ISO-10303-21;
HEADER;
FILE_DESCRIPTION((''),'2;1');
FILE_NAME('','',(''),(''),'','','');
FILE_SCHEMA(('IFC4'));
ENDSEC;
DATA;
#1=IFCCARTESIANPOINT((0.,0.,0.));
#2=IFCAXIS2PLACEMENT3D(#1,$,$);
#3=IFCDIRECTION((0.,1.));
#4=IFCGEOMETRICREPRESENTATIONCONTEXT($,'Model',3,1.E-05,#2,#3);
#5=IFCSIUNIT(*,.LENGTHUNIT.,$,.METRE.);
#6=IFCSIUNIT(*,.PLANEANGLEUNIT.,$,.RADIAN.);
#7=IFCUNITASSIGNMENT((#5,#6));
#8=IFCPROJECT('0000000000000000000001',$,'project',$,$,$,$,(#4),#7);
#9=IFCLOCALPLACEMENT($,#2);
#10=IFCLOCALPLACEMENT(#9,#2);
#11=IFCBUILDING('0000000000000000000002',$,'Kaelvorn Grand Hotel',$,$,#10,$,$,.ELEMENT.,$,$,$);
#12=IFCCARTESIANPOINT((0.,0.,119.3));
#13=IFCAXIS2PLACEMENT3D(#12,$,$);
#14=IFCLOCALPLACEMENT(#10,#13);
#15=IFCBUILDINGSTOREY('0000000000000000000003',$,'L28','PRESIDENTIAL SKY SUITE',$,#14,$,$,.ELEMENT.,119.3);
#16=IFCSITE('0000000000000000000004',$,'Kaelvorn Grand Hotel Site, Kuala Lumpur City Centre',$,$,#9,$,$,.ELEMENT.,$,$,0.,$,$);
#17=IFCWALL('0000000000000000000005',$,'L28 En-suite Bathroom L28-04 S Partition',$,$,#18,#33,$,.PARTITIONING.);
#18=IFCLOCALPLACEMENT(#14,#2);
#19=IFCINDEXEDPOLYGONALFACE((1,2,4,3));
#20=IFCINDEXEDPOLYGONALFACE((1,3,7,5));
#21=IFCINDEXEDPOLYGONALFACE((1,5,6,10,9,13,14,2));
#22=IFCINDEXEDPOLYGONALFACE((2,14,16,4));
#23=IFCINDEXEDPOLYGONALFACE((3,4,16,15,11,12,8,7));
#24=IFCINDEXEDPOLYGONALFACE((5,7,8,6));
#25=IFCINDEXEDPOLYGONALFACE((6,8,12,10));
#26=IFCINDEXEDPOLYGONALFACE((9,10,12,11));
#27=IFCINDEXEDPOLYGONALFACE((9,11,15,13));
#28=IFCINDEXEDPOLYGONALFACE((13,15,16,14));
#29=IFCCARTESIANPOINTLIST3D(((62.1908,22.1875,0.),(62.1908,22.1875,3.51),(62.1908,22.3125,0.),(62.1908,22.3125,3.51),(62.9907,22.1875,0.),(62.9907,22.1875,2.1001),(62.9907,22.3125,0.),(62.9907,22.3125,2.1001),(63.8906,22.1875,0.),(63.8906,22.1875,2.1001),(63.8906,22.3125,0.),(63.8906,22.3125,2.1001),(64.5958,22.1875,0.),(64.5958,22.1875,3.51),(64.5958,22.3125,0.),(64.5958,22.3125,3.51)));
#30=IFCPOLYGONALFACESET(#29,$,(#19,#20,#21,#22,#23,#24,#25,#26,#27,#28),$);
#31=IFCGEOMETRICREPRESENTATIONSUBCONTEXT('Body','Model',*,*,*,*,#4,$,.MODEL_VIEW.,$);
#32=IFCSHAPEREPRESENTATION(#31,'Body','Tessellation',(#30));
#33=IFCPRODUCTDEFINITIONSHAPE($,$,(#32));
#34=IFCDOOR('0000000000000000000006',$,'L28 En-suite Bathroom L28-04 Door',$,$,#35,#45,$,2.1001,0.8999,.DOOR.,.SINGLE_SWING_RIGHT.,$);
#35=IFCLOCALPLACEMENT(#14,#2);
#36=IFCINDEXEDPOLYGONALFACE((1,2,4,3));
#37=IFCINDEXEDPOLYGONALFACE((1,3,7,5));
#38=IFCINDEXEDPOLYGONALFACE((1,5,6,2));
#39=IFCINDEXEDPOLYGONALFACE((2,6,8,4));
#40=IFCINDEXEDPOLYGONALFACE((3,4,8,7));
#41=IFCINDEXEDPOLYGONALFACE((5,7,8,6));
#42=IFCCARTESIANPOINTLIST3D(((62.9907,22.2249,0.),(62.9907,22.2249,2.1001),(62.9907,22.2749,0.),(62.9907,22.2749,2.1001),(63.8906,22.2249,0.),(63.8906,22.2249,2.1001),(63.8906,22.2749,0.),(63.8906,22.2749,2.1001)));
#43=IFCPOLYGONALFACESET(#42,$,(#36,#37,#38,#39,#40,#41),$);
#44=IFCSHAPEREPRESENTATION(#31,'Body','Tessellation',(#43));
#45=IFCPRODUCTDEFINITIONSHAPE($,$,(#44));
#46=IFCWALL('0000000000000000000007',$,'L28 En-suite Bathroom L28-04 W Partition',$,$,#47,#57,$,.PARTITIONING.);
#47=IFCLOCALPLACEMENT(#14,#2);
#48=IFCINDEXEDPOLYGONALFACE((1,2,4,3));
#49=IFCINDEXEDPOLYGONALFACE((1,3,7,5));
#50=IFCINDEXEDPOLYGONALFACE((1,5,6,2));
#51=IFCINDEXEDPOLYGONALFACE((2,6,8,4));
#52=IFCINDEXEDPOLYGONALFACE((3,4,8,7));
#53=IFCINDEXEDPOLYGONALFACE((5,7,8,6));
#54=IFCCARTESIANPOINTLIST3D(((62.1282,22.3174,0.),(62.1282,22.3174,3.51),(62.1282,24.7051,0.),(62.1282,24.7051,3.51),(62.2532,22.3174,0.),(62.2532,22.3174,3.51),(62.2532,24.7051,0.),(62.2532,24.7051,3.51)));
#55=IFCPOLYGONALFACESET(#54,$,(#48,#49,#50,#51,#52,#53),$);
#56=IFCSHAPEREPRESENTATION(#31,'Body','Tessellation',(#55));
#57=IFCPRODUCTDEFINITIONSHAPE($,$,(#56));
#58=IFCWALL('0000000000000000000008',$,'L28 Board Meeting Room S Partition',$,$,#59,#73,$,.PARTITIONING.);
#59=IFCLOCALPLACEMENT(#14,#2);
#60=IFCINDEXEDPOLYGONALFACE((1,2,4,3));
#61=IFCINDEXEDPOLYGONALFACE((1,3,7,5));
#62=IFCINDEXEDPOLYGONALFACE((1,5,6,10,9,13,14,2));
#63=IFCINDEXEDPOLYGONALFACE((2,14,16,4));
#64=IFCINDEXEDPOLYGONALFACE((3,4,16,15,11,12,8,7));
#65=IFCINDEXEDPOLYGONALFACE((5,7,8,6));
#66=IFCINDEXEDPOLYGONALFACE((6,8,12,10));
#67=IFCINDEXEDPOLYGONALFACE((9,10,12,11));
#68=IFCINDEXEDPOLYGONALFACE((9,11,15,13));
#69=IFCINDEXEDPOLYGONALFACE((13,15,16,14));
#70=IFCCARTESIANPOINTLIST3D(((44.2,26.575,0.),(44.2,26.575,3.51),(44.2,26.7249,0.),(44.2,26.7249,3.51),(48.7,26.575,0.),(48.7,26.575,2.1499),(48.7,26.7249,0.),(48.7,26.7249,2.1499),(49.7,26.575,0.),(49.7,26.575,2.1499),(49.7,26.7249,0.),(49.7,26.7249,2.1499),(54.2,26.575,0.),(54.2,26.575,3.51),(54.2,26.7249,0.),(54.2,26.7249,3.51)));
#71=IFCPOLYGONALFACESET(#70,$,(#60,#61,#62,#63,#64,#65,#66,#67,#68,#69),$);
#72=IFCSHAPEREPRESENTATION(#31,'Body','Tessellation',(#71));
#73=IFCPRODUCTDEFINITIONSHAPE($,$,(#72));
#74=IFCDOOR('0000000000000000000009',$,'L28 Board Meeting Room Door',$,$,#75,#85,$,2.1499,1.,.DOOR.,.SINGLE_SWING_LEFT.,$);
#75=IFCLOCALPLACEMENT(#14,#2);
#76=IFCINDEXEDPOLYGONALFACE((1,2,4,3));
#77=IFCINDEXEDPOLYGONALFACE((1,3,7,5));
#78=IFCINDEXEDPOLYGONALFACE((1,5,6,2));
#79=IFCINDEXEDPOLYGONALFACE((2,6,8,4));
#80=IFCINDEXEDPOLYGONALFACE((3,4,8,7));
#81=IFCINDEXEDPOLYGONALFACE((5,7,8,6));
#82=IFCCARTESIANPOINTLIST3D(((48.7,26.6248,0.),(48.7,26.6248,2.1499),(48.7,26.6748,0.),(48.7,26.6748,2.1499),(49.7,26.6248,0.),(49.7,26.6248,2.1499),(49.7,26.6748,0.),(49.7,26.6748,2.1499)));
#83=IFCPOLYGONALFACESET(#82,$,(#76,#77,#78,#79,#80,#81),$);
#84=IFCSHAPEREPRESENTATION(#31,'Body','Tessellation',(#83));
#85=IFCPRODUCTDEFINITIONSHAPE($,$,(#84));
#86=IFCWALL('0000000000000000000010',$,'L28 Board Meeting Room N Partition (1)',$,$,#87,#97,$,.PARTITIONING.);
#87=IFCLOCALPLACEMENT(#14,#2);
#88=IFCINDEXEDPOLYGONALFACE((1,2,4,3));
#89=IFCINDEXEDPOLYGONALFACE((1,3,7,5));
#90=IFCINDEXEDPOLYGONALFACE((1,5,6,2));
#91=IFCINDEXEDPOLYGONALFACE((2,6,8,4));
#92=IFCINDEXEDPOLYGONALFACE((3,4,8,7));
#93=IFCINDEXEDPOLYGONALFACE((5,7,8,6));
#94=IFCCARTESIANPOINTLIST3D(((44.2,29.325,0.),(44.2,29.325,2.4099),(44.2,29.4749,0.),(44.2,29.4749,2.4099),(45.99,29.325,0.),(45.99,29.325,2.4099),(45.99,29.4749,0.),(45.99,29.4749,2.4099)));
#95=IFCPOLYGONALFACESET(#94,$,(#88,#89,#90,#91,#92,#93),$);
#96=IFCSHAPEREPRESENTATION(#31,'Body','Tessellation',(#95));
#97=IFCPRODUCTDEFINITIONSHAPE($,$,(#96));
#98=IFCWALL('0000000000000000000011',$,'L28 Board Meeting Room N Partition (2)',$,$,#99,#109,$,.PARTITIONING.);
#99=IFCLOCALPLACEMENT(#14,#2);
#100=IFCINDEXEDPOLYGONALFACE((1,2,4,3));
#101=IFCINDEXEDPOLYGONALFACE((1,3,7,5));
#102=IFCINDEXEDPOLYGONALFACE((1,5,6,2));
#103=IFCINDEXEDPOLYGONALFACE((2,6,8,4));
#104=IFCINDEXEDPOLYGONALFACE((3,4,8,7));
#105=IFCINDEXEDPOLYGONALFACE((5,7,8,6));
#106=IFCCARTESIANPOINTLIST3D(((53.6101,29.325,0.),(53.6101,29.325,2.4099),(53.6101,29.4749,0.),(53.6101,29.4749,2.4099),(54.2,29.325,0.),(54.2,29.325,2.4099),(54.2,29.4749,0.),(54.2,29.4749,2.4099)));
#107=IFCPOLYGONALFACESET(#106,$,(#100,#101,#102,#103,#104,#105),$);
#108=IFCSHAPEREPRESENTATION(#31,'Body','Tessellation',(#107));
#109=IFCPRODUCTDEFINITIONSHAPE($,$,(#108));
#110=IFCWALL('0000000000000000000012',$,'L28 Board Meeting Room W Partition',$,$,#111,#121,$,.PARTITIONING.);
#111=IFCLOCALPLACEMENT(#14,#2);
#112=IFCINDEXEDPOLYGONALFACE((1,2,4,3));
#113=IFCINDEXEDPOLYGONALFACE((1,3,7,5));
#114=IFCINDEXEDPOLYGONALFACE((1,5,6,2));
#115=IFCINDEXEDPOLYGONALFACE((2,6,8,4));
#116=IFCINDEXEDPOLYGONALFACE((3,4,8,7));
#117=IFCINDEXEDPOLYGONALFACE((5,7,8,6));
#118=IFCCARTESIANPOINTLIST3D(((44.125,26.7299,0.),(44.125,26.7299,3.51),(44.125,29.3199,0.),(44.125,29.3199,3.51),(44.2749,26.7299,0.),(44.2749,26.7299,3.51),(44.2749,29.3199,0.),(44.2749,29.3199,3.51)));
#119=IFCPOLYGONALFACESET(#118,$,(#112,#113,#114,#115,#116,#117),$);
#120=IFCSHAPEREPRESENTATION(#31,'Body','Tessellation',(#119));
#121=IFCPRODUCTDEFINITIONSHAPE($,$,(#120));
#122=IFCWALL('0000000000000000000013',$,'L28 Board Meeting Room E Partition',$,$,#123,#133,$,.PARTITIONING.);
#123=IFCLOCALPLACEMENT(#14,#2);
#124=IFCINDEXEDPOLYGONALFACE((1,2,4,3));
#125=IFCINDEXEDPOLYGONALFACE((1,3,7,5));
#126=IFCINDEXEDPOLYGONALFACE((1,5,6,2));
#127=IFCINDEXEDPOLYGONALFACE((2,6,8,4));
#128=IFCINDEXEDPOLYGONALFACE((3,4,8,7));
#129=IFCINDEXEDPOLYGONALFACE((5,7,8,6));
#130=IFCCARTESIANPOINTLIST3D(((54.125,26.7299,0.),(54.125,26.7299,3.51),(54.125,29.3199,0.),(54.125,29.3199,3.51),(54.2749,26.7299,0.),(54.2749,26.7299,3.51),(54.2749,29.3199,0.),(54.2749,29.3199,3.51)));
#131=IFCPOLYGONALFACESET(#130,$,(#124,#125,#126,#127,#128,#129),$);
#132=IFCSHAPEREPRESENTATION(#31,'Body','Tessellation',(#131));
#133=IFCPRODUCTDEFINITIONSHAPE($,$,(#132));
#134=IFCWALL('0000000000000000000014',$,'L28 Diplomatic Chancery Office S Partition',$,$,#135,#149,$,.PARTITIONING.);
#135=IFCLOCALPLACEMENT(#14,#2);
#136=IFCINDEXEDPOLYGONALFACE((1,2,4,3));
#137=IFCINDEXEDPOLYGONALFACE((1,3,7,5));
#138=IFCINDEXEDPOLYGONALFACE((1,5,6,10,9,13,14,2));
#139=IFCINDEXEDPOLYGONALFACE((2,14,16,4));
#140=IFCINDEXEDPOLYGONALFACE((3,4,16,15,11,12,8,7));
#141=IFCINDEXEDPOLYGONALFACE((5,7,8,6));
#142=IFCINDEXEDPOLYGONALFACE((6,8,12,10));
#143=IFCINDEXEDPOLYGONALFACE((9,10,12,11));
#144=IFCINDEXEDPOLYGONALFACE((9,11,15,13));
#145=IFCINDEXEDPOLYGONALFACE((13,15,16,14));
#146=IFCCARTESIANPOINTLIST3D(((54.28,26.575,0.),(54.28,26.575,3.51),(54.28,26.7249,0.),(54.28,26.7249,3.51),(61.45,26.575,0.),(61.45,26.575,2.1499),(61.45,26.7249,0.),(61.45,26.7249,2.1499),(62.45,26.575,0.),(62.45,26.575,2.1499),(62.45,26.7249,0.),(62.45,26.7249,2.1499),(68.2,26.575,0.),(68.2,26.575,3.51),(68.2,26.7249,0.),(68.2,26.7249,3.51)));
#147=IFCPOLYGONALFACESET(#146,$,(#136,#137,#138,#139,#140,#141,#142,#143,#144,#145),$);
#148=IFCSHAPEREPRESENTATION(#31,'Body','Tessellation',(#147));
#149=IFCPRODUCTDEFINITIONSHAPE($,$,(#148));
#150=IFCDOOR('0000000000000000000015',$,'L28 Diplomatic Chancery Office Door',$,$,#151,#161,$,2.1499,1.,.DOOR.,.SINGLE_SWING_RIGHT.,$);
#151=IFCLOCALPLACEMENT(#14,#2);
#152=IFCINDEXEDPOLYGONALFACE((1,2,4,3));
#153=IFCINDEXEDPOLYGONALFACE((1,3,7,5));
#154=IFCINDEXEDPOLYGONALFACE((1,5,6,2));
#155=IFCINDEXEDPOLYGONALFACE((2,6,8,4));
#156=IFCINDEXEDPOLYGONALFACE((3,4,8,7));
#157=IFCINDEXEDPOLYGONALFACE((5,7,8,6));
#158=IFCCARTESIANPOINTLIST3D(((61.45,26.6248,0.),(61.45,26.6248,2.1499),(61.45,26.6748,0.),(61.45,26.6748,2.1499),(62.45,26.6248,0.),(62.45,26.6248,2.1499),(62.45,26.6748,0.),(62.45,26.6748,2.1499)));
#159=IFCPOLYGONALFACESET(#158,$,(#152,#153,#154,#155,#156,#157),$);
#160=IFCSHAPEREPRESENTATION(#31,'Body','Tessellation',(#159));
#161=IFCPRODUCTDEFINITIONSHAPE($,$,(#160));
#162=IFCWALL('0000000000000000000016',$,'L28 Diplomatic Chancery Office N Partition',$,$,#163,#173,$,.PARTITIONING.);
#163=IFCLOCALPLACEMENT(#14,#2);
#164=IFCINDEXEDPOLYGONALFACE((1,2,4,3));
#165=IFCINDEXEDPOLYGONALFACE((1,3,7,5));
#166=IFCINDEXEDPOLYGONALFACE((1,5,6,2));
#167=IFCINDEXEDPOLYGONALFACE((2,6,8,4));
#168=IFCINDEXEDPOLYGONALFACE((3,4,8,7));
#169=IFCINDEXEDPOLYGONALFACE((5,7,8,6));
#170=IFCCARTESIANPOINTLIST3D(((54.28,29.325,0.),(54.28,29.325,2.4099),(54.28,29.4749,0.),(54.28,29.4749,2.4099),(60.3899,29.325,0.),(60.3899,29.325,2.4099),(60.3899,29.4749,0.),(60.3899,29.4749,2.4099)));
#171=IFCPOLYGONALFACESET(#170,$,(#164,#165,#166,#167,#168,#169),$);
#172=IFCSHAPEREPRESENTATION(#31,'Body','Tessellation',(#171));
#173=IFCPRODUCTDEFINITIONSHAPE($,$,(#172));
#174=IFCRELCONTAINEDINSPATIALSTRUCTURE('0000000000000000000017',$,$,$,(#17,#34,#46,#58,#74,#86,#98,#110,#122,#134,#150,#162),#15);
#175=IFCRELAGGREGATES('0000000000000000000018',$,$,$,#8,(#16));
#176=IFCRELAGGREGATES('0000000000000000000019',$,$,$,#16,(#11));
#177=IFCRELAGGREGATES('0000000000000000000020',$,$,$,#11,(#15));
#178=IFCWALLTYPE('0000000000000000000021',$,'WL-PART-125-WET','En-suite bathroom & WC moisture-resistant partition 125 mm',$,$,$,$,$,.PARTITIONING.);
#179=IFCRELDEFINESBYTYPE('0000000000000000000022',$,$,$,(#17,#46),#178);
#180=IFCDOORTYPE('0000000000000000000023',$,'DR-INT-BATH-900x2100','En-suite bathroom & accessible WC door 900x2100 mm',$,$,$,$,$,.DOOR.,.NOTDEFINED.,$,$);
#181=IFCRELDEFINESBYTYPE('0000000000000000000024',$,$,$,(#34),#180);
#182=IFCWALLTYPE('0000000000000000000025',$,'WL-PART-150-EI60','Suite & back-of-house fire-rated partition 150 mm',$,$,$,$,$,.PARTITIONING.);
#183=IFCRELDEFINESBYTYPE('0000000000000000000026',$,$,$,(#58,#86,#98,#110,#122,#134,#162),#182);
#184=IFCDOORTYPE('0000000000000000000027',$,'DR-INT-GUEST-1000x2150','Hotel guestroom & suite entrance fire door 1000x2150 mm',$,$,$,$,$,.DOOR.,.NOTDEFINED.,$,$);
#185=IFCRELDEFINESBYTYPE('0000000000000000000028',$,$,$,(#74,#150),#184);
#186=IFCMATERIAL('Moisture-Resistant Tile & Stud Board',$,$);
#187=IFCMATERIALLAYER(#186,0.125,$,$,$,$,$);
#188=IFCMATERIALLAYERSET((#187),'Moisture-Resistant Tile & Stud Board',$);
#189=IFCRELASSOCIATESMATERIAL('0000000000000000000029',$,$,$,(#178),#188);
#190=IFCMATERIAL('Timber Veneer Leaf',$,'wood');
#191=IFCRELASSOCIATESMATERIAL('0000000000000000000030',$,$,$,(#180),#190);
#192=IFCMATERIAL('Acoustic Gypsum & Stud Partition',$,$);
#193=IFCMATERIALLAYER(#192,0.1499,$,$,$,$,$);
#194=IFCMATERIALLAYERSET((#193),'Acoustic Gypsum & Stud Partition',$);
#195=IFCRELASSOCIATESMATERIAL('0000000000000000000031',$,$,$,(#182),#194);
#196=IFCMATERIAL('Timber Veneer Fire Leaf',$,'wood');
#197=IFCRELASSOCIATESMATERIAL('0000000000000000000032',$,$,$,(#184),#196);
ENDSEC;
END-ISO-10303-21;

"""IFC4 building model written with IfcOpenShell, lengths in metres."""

from ifc_helpers import new_model, si_unit, direction, frame, frame_2d, origin, place, context, subcontext, project, spatial, rectangle, extrude, material, layer, layer_set, type_object, element, fill, save


model = new_model("IFC4")

# Units and contexts
model_context = context("Model", 3, precision=1e-05, world=origin(), true_north=direction((0.0, 1.0)))
body_context = subcontext(model_context, "Body", "Model", "MODEL_VIEW")
ifc_project = project(units=[si_unit("LENGTHUNIT", "METRE"), si_unit("PLANEANGLEUNIT", "RADIAN")], contexts=[model_context])

# Site, building, storey
site_placement = place(None, origin())
site = spatial("IfcSite", under=ifc_project, at=site_placement, Name="Kaelvorn Grand Hotel Site, Kuala Lumpur City Centre", CompositionType="ELEMENT", RefElevation=0.0)
building_placement = place(site_placement, origin())
building = spatial("IfcBuilding", under=site, at=building_placement, Name="Kaelvorn Grand Hotel", CompositionType="ELEMENT")
storey_placement = place(building_placement, frame((0.0, 0.0, 119.3)))
storey = spatial("IfcBuildingStorey", under=building, at=storey_placement, Name="L28", Description="PRESIDENTIAL SKY SUITE", CompositionType="ELEMENT", Elevation=119.3)

# Shared definitions
ifc_material_1 = material(Name="Moisture-Resistant Tile & Stud Board")
ifc_layer_1 = layer(ifc_material_1, 0.125)
ifc_layer_set_1 = layer_set([ifc_layer_1], Name="Moisture-Resistant Tile & Stud Board")
wall_type_1 = type_object("IfcWallType", Name="WL-PART-125-WET", Description="En-suite bathroom & WC moisture-resistant partition 125 mm", PredefinedType="PARTITIONING", material=ifc_layer_set_1)
ifc_material_2 = material(Name="Timber Veneer Leaf", Category="wood")
door_type_1 = type_object("IfcDoorType", Name="DR-INT-BATH-900x2100", Description="En-suite bathroom & accessible WC door 900x2100 mm", OperationType="NOTDEFINED", PredefinedType="DOOR", material=ifc_material_2)

# Wall, opening, door
wall_1_placement = place(storey_placement, frame((62.1907, 22.25, 0.0), z_axis=(0.0, 0.0, 1.0), x_axis=(1.0, 0.0, 0.0)))
wall_1 = element("IfcWall", 1, at=wall_1_placement, inside=storey, type_object=wall_type_1, Name="L28 En-suite Bathroom L28-04 S Partition", PredefinedType="PARTITIONING", context=body_context, shape_type="SweptSolid", body=[
    extrude(rectangle(XDim=2.405, YDim=0.125, at=frame_2d((1.2026, 0.0))), origin(), (0.0, 0.0, 1.0), 3.51),
])
opening_1_placement = place(wall_1_placement, frame((0.8, 0.0, 0.0)))
opening_1 = element("IfcOpeningElement", 2, at=opening_1_placement, cuts=wall_1, PredefinedType="OPENING", context=body_context, shape_type="SweptSolid", body=[
    extrude(rectangle(XDim=0.8999, YDim=2.1001, at=frame_2d((0.45, 1.05))), frame((0.0, 0.0725, 0.0), z_axis=(0.0, -1.0, 0.0), x_axis=(1.0, 0.0, 0.0)), (0.0, 0.0, 1.0), 0.145),
])
door_1_placement = place(opening_1_placement, origin())
door_1 = element("IfcDoor", 3, at=door_1_placement, inside=storey, type_object=door_type_1, Name="L28 En-suite Bathroom L28-04 Door", OperationType="SINGLE_SWING_RIGHT", OverallHeight=2.1001, OverallWidth=0.8999, PredefinedType="DOOR", context=body_context, shape_type="SweptSolid", body=[
    extrude(rectangle(XDim=0.8999, YDim=2.1001, at=frame_2d((0.45, 1.05))), frame((0.0, 0.0249, 0.0), z_axis=(0.0, -1.0, 0.0), x_axis=(1.0, 0.0, 0.0)), (0.0, 0.0, 1.0), 0.05),
])
fill(opening_1, door_1)

# Wall
wall_2_placement = place(storey_placement, frame((62.1907, 22.3174, 0.0), z_axis=(0.0, 0.0, 1.0), x_axis=(0.0, 1.0, 0.0)))
element("IfcWall", 4, at=wall_2_placement, inside=storey, type_object=wall_type_1, Name="L28 En-suite Bathroom L28-04 W Partition", PredefinedType="PARTITIONING", context=body_context, shape_type="SweptSolid", body=[
    extrude(rectangle(XDim=2.3877, YDim=0.125, at=frame_2d((1.1938, 0.0))), origin(), (0.0, 0.0, 1.0), 3.51),
])

# Wall, opening, door
ifc_material_3 = material(Name="Acoustic Gypsum & Stud Partition")
ifc_layer_2 = layer(ifc_material_3, 0.1499)
ifc_layer_set_2 = layer_set([ifc_layer_2], Name="Acoustic Gypsum & Stud Partition")
wall_type_2 = type_object("IfcWallType", Name="WL-PART-150-EI60", Description="Suite & back-of-house fire-rated partition 150 mm", PredefinedType="PARTITIONING", material=ifc_layer_set_2)
wall_3_placement = place(storey_placement, frame((44.2, 26.6499, 0.0), z_axis=(0.0, 0.0, 1.0), x_axis=(1.0, 0.0, 0.0)))
wall_3 = element("IfcWall", 5, at=wall_3_placement, inside=storey, type_object=wall_type_2, Name="L28 Board Meeting Room S Partition", PredefinedType="PARTITIONING", context=body_context, shape_type="SweptSolid", body=[
    extrude(rectangle(XDim=10.0, YDim=0.1499, at=frame_2d((5.0, 0.0))), origin(), (0.0, 0.0, 1.0), 3.51),
])
opening_2_placement = place(wall_3_placement, frame((4.5, 0.0, 0.0)))
opening_2 = element("IfcOpeningElement", 6, at=opening_2_placement, cuts=wall_3, PredefinedType="OPENING", context=body_context, shape_type="SweptSolid", body=[
    extrude(rectangle(XDim=1.0, YDim=2.1499, at=frame_2d((0.5, 1.075))), frame((0.0, 0.085, 0.0), z_axis=(0.0, -1.0, 0.0), x_axis=(1.0, 0.0, 0.0)), (0.0, 0.0, 1.0), 0.1699),
])
ifc_material_4 = material(Name="Timber Veneer Fire Leaf", Category="wood")
door_type_2 = type_object("IfcDoorType", Name="DR-INT-GUEST-1000x2150", Description="Hotel guestroom & suite entrance fire door 1000x2150 mm", OperationType="NOTDEFINED", PredefinedType="DOOR", material=ifc_material_4)
door_2_placement = place(opening_2_placement, origin())
door_2 = element("IfcDoor", 7, at=door_2_placement, inside=storey, type_object=door_type_2, Name="L28 Board Meeting Room Door", OperationType="SINGLE_SWING_LEFT", OverallHeight=2.1499, OverallWidth=1.0, PredefinedType="DOOR", context=body_context, shape_type="SweptSolid", body=[
    extrude(rectangle(XDim=1.0, YDim=2.1499, at=frame_2d((0.5, 1.075))), frame((0.0, 0.0249, 0.0), z_axis=(0.0, -1.0, 0.0), x_axis=(1.0, 0.0, 0.0)), (0.0, 0.0, 1.0), 0.05),
])
fill(opening_2, door_2)

# Walls
wall_4_placement = place(storey_placement, frame((44.2, 29.3999, 0.0), z_axis=(0.0, 0.0, 1.0), x_axis=(1.0, 0.0, 0.0)))
element("IfcWall", 8, at=wall_4_placement, inside=storey, type_object=wall_type_2, Name="L28 Board Meeting Room N Partition (1)", PredefinedType="PARTITIONING", context=body_context, shape_type="SweptSolid", body=[
    extrude(rectangle(XDim=1.79, YDim=0.1499, at=frame_2d((0.895, 0.0))), origin(), (0.0, 0.0, 1.0), 2.4099),
])
wall_5_placement = place(storey_placement, frame((53.6101, 29.3999, 0.0), z_axis=(0.0, 0.0, 1.0), x_axis=(1.0, 0.0, 0.0)))
element("IfcWall", 9, at=wall_5_placement, inside=storey, type_object=wall_type_2, Name="L28 Board Meeting Room N Partition (2)", PredefinedType="PARTITIONING", context=body_context, shape_type="SweptSolid", body=[
    extrude(rectangle(XDim=0.5898, YDim=0.1499, at=frame_2d((0.2949, 0.0))), origin(), (0.0, 0.0, 1.0), 2.4099),
])
for number, where, z_axis, x_axis, name in (
    (10, (44.2, 26.73, 0.0), (0.0, 0.0, 1.0), (0.0, 1.0, 0.0), "L28 Board Meeting Room W Partition"),
    (11, (54.2, 26.73, 0.0), (0.0, 0.0, 1.0), (0.0, 1.0, 0.0), "L28 Board Meeting Room E Partition"),
):
    element("IfcWall", number, at=place(storey_placement, frame(where, z_axis=z_axis, x_axis=x_axis)), inside=storey, type_object=wall_type_2, Name=name, PredefinedType="PARTITIONING", context=body_context, shape_type="SweptSolid", body=[
        extrude(rectangle(XDim=2.5901, YDim=0.1499, at=frame_2d((1.2949, 0.0))), origin(), (0.0, 0.0, 1.0), 3.51),
    ])

# Wall, opening, door
wall_6_placement = place(storey_placement, frame((54.28, 26.6499, 0.0), z_axis=(0.0, 0.0, 1.0), x_axis=(1.0, 0.0, 0.0)))
wall_6 = element("IfcWall", 12, at=wall_6_placement, inside=storey, type_object=wall_type_2, Name="L28 Diplomatic Chancery Office S Partition", PredefinedType="PARTITIONING", context=body_context, shape_type="SweptSolid", body=[
    extrude(rectangle(XDim=13.9199, YDim=0.1499, at=frame_2d((6.96, 0.0))), origin(), (0.0, 0.0, 1.0), 3.51),
])
opening_3_placement = place(wall_6_placement, frame((7.1699, 0.0, 0.0)))
opening_3 = element("IfcOpeningElement", 13, at=opening_3_placement, cuts=wall_6, PredefinedType="OPENING", context=body_context, shape_type="SweptSolid", body=[
    extrude(rectangle(XDim=1.0, YDim=2.1499, at=frame_2d((0.5, 1.075))), frame((0.0, 0.085, 0.0), z_axis=(0.0, -1.0, 0.0), x_axis=(1.0, 0.0, 0.0)), (0.0, 0.0, 1.0), 0.1699),
])
door_3_placement = place(opening_3_placement, origin())
door_3 = element("IfcDoor", 14, at=door_3_placement, inside=storey, type_object=door_type_2, Name="L28 Diplomatic Chancery Office Door", OperationType="SINGLE_SWING_RIGHT", OverallHeight=2.1499, OverallWidth=1.0, PredefinedType="DOOR", context=body_context, shape_type="SweptSolid", body=[
    extrude(rectangle(XDim=1.0, YDim=2.1499, at=frame_2d((0.5, 1.075))), frame((0.0, 0.0249, 0.0), z_axis=(0.0, -1.0, 0.0), x_axis=(1.0, 0.0, 0.0)), (0.0, 0.0, 1.0), 0.05),
])
fill(opening_3, door_3)

# Wall
wall_7_placement = place(storey_placement, frame((54.28, 29.3999, 0.0), z_axis=(0.0, 0.0, 1.0), x_axis=(1.0, 0.0, 0.0)))
element("IfcWall", 15, at=wall_7_placement, inside=storey, type_object=wall_type_2, Name="L28 Diplomatic Chancery Office N Partition", PredefinedType="PARTITIONING", context=body_context, shape_type="SweptSolid", body=[
    extrude(rectangle(XDim=6.1099, YDim=0.1499, at=frame_2d((3.0549, 0.0))), origin(), (0.0, 0.0, 1.0), 2.4099),
])

save(model, "model.ifc")
